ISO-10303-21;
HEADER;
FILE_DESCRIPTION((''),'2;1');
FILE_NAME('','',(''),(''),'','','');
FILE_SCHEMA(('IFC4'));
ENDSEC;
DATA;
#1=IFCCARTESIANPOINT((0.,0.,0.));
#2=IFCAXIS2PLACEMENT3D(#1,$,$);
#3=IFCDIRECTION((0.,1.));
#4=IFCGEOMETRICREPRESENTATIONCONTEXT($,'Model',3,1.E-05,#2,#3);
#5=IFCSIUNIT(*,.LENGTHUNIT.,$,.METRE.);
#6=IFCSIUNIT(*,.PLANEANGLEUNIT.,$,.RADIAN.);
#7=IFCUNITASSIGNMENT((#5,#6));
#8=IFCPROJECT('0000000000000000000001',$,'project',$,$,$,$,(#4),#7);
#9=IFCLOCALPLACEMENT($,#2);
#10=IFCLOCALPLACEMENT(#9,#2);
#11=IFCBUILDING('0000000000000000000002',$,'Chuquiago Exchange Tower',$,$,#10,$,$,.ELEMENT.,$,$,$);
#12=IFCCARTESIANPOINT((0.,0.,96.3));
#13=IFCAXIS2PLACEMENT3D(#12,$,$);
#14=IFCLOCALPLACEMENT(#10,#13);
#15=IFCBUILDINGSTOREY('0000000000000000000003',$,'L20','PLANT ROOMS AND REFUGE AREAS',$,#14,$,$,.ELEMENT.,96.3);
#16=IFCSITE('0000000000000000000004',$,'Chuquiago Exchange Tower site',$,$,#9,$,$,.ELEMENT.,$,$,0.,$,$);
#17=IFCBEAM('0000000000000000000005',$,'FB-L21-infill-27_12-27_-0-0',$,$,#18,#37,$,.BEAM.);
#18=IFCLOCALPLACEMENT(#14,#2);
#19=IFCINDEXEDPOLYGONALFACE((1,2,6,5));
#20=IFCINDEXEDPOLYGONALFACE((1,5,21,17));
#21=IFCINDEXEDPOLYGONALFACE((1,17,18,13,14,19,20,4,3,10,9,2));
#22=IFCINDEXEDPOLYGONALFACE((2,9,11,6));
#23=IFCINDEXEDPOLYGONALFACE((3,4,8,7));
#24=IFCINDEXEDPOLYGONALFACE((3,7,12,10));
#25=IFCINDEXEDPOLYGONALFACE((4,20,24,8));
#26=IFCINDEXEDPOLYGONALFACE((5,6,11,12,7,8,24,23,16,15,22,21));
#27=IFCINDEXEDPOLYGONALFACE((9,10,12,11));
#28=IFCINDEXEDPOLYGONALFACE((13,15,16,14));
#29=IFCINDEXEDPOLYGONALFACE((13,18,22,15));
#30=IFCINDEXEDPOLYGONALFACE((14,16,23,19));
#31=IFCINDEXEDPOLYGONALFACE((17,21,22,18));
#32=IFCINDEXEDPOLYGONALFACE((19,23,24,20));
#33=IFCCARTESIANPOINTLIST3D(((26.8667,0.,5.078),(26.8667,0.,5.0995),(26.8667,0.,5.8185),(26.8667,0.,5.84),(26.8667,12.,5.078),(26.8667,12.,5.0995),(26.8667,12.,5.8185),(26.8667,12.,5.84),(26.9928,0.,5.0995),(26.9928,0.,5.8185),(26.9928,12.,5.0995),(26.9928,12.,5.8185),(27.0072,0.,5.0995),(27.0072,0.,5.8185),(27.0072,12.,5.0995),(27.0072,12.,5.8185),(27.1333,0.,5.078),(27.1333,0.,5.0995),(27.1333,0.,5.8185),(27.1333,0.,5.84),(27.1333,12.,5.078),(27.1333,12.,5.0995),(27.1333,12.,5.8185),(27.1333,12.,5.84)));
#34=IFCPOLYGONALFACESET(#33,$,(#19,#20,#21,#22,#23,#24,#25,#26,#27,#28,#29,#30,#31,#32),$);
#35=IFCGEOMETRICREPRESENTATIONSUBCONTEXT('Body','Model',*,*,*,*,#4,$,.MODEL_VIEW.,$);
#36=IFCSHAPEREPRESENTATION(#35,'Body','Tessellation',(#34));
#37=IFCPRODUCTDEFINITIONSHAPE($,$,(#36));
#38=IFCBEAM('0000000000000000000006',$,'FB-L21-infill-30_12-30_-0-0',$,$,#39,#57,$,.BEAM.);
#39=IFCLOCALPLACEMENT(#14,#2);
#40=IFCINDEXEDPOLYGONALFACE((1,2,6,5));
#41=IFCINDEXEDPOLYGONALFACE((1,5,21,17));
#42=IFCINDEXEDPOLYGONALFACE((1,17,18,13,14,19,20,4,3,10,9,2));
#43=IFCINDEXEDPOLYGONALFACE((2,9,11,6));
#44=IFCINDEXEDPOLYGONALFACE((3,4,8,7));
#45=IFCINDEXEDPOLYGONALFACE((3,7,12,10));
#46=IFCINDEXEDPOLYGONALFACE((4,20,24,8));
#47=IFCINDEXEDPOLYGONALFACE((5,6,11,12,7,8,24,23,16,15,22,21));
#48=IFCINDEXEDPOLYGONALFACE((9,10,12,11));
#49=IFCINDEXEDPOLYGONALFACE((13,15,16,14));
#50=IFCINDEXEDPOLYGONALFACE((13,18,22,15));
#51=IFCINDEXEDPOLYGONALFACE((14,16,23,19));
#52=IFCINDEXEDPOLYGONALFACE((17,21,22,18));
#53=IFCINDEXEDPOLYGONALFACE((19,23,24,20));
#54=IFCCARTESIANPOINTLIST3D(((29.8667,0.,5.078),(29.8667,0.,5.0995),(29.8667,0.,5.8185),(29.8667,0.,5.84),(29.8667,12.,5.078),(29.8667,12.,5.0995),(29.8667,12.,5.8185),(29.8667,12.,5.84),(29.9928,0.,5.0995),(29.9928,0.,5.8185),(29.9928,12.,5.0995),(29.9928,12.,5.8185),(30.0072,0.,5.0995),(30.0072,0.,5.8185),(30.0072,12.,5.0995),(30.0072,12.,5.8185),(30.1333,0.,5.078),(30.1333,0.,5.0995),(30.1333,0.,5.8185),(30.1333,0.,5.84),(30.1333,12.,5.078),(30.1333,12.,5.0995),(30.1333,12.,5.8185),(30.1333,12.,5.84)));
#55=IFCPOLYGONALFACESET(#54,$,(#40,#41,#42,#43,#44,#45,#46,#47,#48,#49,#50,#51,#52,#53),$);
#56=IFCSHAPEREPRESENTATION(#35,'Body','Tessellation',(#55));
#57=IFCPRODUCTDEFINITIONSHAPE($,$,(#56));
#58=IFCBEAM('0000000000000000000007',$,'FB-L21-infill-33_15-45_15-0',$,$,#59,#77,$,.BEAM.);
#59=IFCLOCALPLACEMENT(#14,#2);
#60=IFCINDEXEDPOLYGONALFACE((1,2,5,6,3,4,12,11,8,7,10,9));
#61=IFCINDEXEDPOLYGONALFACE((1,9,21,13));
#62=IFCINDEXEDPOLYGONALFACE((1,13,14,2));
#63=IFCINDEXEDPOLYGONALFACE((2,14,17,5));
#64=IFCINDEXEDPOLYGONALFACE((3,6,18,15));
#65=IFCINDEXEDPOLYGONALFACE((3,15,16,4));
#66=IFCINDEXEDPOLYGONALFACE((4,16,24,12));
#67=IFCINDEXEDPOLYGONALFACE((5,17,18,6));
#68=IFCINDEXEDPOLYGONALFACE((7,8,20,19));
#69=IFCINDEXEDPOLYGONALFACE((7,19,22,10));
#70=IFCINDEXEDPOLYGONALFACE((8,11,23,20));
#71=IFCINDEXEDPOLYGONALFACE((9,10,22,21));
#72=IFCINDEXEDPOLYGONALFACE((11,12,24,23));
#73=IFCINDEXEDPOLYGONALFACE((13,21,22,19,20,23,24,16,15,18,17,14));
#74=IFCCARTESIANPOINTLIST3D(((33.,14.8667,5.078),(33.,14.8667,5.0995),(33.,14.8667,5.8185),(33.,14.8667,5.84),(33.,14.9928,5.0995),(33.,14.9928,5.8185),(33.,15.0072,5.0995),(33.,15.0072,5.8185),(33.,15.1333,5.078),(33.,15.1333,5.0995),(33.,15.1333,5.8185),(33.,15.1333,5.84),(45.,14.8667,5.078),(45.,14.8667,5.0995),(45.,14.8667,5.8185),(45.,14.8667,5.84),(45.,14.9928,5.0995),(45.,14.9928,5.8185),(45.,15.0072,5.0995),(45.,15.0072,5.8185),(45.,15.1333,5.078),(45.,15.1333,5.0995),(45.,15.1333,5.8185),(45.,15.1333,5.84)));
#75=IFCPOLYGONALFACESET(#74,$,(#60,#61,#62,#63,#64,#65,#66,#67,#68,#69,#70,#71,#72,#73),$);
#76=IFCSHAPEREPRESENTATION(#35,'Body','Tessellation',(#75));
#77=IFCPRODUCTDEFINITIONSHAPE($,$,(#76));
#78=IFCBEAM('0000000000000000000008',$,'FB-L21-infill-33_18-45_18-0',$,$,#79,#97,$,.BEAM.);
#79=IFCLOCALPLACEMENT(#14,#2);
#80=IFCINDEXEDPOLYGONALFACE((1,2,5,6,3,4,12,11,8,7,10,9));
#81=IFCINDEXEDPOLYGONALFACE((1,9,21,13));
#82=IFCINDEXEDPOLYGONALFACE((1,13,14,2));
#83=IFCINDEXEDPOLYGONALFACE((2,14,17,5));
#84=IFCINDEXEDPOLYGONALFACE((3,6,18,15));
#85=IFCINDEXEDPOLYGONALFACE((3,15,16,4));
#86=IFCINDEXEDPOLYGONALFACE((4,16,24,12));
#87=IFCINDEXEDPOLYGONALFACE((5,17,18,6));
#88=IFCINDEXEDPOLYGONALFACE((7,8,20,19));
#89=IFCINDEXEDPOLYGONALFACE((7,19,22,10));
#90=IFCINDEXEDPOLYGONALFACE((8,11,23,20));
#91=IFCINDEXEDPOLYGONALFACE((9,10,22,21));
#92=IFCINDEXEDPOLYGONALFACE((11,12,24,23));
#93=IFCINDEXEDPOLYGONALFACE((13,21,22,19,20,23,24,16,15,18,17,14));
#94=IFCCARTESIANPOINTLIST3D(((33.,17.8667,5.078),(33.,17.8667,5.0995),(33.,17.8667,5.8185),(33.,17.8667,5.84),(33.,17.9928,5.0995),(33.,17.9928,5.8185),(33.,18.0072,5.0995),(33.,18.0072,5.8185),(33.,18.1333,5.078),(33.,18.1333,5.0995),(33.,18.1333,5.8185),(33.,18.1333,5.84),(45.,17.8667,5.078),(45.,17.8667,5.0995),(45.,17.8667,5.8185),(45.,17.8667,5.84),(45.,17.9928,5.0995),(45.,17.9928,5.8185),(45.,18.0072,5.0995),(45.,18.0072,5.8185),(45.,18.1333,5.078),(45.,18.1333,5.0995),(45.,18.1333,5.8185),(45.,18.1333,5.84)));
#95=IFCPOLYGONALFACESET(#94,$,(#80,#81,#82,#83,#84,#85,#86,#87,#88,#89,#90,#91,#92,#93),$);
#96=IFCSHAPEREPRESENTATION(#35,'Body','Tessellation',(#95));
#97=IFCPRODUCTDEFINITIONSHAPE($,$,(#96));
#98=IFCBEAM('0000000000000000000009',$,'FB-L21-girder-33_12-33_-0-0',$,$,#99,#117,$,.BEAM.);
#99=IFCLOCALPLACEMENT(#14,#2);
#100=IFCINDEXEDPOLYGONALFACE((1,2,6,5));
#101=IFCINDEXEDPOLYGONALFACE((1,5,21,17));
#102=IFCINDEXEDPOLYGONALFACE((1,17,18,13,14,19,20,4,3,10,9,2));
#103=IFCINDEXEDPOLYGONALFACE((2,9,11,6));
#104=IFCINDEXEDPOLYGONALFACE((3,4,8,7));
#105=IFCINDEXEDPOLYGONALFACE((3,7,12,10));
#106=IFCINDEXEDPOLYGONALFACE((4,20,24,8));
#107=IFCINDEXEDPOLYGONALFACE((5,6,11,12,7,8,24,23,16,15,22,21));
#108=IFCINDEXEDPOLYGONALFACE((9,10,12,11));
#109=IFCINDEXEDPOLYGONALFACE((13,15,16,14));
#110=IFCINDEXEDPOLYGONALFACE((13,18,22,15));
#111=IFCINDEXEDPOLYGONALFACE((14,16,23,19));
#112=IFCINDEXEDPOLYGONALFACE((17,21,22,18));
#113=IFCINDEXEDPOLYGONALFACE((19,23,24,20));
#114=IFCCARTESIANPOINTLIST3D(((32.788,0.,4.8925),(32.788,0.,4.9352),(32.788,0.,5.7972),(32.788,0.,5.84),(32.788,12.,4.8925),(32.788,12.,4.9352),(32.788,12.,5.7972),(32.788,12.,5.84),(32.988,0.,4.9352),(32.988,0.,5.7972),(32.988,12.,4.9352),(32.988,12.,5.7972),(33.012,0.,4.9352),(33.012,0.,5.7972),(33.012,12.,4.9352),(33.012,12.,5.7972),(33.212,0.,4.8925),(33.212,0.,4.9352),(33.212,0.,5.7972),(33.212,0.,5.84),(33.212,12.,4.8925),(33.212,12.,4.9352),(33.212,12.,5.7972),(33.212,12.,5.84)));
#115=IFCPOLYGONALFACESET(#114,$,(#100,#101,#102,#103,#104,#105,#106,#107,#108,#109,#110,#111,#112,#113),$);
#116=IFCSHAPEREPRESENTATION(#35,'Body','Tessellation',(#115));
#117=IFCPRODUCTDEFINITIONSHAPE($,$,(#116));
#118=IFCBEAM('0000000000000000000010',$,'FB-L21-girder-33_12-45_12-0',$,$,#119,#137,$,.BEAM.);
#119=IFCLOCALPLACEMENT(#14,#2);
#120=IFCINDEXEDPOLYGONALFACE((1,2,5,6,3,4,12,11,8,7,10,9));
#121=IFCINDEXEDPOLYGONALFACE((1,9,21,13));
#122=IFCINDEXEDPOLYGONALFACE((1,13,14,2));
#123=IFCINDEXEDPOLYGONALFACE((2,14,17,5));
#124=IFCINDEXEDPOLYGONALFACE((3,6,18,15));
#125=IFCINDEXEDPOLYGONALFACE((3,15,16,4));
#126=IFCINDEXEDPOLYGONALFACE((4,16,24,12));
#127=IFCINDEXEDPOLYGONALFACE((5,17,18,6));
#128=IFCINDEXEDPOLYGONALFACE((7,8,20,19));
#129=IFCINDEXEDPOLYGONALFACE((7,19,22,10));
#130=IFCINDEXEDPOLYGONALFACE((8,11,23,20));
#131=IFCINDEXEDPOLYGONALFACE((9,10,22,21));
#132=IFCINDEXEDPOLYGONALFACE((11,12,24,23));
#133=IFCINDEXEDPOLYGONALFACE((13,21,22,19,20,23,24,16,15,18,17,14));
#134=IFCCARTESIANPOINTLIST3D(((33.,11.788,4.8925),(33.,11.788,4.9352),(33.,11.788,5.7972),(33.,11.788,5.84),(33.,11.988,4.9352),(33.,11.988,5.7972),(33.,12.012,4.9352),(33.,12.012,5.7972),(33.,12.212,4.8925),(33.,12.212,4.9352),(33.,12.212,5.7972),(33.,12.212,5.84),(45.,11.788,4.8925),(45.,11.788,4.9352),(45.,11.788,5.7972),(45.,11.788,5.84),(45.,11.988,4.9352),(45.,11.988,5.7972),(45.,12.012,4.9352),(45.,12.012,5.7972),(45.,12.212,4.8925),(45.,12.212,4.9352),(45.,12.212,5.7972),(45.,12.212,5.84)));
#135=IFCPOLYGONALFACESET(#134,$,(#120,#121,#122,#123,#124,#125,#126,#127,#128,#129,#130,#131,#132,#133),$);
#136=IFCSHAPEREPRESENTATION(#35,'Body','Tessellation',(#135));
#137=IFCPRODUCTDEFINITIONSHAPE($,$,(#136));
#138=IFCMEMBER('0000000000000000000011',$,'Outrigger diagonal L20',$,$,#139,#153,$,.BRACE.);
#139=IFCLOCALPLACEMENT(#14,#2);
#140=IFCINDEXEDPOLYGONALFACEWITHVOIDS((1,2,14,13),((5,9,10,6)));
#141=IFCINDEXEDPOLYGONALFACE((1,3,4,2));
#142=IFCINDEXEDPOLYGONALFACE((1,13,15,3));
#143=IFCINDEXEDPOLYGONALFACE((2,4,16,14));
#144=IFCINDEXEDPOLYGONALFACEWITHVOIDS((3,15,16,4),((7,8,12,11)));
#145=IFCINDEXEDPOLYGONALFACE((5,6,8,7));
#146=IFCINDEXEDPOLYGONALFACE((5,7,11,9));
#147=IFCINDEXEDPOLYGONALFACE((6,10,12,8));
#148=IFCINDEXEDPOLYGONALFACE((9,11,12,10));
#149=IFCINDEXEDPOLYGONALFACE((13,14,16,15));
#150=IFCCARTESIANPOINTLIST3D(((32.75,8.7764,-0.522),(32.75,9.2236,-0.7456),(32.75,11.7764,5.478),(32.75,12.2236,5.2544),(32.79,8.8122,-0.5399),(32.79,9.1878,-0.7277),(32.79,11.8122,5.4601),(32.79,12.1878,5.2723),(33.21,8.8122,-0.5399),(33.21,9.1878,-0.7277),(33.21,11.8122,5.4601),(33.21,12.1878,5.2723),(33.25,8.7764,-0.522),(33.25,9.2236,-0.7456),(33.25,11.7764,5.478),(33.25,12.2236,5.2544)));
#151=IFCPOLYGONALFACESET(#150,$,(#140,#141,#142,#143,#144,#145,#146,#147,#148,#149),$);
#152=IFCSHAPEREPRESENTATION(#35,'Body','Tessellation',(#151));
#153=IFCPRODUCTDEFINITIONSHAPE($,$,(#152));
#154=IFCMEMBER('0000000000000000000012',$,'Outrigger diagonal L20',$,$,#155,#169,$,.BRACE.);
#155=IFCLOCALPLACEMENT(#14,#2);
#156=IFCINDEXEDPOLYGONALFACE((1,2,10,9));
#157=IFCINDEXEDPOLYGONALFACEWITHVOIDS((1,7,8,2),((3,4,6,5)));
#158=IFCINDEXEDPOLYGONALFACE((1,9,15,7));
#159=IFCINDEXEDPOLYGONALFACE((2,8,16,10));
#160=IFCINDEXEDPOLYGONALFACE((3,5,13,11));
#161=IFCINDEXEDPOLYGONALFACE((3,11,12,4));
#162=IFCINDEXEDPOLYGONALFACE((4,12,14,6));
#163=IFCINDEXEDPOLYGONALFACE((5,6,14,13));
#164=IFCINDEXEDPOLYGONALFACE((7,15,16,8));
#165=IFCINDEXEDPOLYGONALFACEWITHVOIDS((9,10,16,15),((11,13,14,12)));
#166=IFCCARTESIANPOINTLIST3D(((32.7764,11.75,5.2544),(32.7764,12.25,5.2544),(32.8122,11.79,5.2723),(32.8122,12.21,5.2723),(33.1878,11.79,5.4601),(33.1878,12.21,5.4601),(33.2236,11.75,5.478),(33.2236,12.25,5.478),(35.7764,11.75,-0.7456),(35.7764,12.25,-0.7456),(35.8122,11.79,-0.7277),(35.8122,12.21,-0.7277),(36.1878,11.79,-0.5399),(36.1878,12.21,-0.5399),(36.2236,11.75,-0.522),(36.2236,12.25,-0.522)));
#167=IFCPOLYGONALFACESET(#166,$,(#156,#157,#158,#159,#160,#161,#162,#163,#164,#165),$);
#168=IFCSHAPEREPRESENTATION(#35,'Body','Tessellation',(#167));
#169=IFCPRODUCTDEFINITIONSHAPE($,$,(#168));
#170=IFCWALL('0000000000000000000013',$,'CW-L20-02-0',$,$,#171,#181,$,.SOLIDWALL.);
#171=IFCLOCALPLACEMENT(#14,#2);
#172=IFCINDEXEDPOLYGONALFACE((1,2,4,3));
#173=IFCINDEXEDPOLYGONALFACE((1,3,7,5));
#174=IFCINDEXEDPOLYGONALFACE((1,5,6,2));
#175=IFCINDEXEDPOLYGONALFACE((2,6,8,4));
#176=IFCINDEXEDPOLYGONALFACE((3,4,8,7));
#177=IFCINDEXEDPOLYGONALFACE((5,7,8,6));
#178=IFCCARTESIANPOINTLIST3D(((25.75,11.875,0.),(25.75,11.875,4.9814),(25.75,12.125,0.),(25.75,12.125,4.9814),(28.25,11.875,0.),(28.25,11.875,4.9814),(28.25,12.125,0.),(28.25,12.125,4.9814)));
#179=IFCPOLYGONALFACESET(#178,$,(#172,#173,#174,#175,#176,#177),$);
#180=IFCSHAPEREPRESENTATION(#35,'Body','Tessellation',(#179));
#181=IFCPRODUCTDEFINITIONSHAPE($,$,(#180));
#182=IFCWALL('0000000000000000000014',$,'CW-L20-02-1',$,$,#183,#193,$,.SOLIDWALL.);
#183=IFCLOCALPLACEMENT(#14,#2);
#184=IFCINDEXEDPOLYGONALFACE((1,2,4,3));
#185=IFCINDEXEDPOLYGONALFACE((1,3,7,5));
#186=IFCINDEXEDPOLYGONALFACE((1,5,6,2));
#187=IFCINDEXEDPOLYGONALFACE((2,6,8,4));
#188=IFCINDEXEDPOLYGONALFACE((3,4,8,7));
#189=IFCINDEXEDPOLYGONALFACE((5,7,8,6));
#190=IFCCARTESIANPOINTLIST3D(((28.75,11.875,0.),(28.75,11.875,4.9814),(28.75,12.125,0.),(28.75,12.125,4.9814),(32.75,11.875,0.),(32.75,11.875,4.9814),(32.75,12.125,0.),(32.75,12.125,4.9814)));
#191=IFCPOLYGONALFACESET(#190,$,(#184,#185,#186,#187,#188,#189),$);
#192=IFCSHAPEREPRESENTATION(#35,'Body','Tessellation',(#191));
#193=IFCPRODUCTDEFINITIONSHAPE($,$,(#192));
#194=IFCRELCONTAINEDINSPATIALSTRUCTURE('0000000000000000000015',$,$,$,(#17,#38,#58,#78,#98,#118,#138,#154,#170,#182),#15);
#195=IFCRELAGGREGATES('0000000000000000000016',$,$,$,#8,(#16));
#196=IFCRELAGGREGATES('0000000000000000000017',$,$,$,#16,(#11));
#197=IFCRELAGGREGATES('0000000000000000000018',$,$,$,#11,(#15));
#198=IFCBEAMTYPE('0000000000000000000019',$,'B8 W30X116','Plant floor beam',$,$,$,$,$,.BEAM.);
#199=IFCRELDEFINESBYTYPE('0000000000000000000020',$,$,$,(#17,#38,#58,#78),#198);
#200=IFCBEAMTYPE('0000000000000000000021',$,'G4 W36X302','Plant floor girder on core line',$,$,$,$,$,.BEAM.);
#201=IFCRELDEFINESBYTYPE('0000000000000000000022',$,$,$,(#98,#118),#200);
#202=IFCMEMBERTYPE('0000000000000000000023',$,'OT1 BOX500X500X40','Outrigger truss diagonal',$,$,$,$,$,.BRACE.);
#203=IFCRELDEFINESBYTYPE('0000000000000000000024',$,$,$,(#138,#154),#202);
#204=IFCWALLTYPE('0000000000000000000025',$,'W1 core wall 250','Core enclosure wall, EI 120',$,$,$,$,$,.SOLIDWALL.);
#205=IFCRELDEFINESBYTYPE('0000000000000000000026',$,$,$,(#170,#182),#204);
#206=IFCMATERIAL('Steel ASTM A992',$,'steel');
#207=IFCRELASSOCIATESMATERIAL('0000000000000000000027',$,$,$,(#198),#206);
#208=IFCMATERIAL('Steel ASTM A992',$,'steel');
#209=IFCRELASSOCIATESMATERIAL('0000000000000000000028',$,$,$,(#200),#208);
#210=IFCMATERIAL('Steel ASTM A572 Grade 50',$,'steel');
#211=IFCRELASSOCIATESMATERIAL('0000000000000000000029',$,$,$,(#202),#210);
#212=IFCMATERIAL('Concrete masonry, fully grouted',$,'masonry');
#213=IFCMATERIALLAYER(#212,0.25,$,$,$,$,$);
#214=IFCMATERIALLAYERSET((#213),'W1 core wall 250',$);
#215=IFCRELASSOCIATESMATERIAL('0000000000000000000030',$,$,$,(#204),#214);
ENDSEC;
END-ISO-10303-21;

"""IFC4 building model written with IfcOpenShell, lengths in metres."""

from ifc_helpers import new_model, si_unit, direction, frame, frame_2d, origin, origin_2d, place, context, subcontext, project, spatial, rectangle, hollow_rectangle, i_section, extrude, material, layer, layer_set, material_profile, profile_set, type_object, element, save


model = new_model("IFC4")

# Units and contexts
model_context = context("Model", 3, precision=1e-05, world=origin(), true_north=direction((0.0, 1.0)))
body_context = subcontext(model_context, "Body", "Model", "MODEL_VIEW")
ifc_project = project(units=[si_unit("LENGTHUNIT", "METRE"), si_unit("PLANEANGLEUNIT", "RADIAN")], contexts=[model_context])

# Site, building, storey
site_placement = place(None, origin())
site = spatial("IfcSite", under=ifc_project, at=site_placement, Name="Chuquiago Exchange Tower site", CompositionType="ELEMENT", RefElevation=0.0)
building_placement = place(site_placement, origin())
building = spatial("IfcBuilding", under=site, at=building_placement, Name="Chuquiago Exchange Tower", CompositionType="ELEMENT")
storey_placement = place(building_placement, frame((0.0, 0.0, 96.3)))
storey = spatial("IfcBuildingStorey", under=building, at=storey_placement, Name="L20", Description="PLANT ROOMS AND REFUGE AREAS", CompositionType="ELEMENT", Elevation=96.3)

# Beams
ifc_material_1 = material(Name="Steel ASTM A992", Category="steel")
ifc_material_profile_1 = material_profile(ifc_material_1, i_section(OverallWidth=0.2666, OverallDepth=0.762, WebThickness=0.0144, FlangeThickness=0.0215, at=origin_2d()), Name="W30X116")
ifc_profile_set_1 = profile_set([ifc_material_profile_1], Name="Steel ASTM A992")
beam_type_1 = type_object("IfcBeamType", Name="B8 W30X116", Description="Plant floor beam", PredefinedType="BEAM", material=ifc_profile_set_1)
for number, where, z_axis, x_axis, name in (
    (1, (27.0, 12.0, 5.459), (0.0, -1.0, 0.0), (1.0, 0.0, 0.0), "FB-L21-infill-27_12-27_-0-0"),
    (2, (30.0, 12.0, 5.459), (0.0, -1.0, 0.0), (1.0, 0.0, 0.0), "FB-L21-infill-30_12-30_-0-0"),
    (3, (33.0, 15.0, 5.459), (1.0, 0.0, 0.0), (0.0, 1.0, 0.0), "FB-L21-infill-33_15-45_15-0"),
    (4, (33.0, 18.0, 5.459), (1.0, 0.0, 0.0), (0.0, 1.0, 0.0), "FB-L21-infill-33_18-45_18-0"),
):
    element("IfcBeam", number, at=place(storey_placement, frame(where, z_axis=z_axis, x_axis=x_axis)), inside=storey, type_object=beam_type_1, Name=name, PredefinedType="BEAM", context=body_context, shape_type="SweptSolid", body=[
        extrude(i_section(OverallWidth=0.2666, OverallDepth=0.762, WebThickness=0.0144, FlangeThickness=0.0215, at=origin_2d()), origin(), (0.0, 0.0, 1.0), 12.0),
    ])
ifc_material_2 = material(Name="Steel ASTM A992", Category="steel")
ifc_material_profile_2 = material_profile(ifc_material_2, i_section(OverallWidth=0.4241, OverallDepth=0.9475, WebThickness=0.0239, FlangeThickness=0.0427, at=origin_2d()), Name="W36X302")
ifc_profile_set_2 = profile_set([ifc_material_profile_2], Name="Steel ASTM A992")
beam_type_2 = type_object("IfcBeamType", Name="G4 W36X302", Description="Plant floor girder on core line", PredefinedType="BEAM", material=ifc_profile_set_2)
for number, where, z_axis, x_axis, name in (
    (5, (33.0, 12.0, 5.3662), (0.0, -1.0, 0.0), (1.0, 0.0, 0.0), "FB-L21-girder-33_12-33_-0-0"),
    (6, (33.0, 12.0, 5.3662), (1.0, 0.0, 0.0), (0.0, 1.0, 0.0), "FB-L21-girder-33_12-45_12-0"),
):
    element("IfcBeam", number, at=place(storey_placement, frame(where, z_axis=z_axis, x_axis=x_axis)), inside=storey, type_object=beam_type_2, Name=name, PredefinedType="BEAM", context=body_context, shape_type="SweptSolid", body=[
        extrude(i_section(OverallWidth=0.4241, OverallDepth=0.9475, WebThickness=0.0239, FlangeThickness=0.0427, at=origin_2d()), origin(), (0.0, 0.0, 1.0), 12.0),
    ])

# Members
ifc_material_3 = material(Name="Steel ASTM A572 Grade 50", Category="steel")
ifc_material_profile_3 = material_profile(ifc_material_3, hollow_rectangle(XDim=0.5, YDim=0.5, WallThickness=0.04, at=origin_2d()), Name="BOX500X500X40")
ifc_profile_set_3 = profile_set([ifc_material_profile_3], Name="Steel ASTM A572 Grade 50")
member_type = type_object("IfcMemberType", Name="OT1 BOX500X500X40", Description="Outrigger truss diagonal", PredefinedType="BRACE", material=ifc_profile_set_3)
for number, where, z_axis, x_axis, name in (
    (7, (33.0, 12.0, 5.3662), (0.0, -0.447214, -0.894427), (1.0, 0.0, 0.0), "Outrigger diagonal L20"),
    (8, (33.0, 12.0, 5.3662), (0.447214, 0.0, -0.894427), (0.0, 1.0, 0.0), "Outrigger diagonal L20"),
):
    element("IfcMember", number, at=place(storey_placement, frame(where, z_axis=z_axis, x_axis=x_axis)), inside=storey, type_object=member_type, Name=name, PredefinedType="BRACE", context=body_context, shape_type="SweptSolid", body=[
        extrude(hollow_rectangle(XDim=0.5, YDim=0.5, WallThickness=0.04, at=origin_2d()), origin(), (0.0, 0.0, 1.0), 6.7083),
    ])

# Walls
ifc_material_4 = material(Name="Concrete masonry, fully grouted", Category="masonry")
ifc_layer_1 = layer(ifc_material_4, 0.25)
ifc_layer_set_1 = layer_set([ifc_layer_1], Name="W1 core wall 250")
wall_type_1 = type_object("IfcWallType", Name="W1 core wall 250", Description="Core enclosure wall, EI 120", PredefinedType="SOLIDWALL", material=ifc_layer_set_1)
wall_1_placement = place(storey_placement, frame((25.75, 12.0, 0.0), z_axis=(0.0, 0.0, 1.0), x_axis=(1.0, 0.0, 0.0)))
element("IfcWall", 9, at=wall_1_placement, inside=storey, type_object=wall_type_1, Name="CW-L20-02-0", PredefinedType="SOLIDWALL", context=body_context, shape_type="SweptSolid", body=[
    extrude(rectangle(XDim=2.5, YDim=0.25, at=frame_2d((1.25, 0.0))), origin(), (0.0, 0.0, 1.0), 4.9814),
])
wall_2_placement = place(storey_placement, frame((28.75, 12.0, 0.0), z_axis=(0.0, 0.0, 1.0), x_axis=(1.0, 0.0, 0.0)))
element("IfcWall", 10, at=wall_2_placement, inside=storey, type_object=wall_type_1, Name="CW-L20-02-1", PredefinedType="SOLIDWALL", context=body_context, shape_type="SweptSolid", body=[
    extrude(rectangle(XDim=4.0, YDim=0.25, at=frame_2d((2.0, 0.0))), origin(), (0.0, 0.0, 1.0), 4.9814),
])

save(model, "model.ifc")
